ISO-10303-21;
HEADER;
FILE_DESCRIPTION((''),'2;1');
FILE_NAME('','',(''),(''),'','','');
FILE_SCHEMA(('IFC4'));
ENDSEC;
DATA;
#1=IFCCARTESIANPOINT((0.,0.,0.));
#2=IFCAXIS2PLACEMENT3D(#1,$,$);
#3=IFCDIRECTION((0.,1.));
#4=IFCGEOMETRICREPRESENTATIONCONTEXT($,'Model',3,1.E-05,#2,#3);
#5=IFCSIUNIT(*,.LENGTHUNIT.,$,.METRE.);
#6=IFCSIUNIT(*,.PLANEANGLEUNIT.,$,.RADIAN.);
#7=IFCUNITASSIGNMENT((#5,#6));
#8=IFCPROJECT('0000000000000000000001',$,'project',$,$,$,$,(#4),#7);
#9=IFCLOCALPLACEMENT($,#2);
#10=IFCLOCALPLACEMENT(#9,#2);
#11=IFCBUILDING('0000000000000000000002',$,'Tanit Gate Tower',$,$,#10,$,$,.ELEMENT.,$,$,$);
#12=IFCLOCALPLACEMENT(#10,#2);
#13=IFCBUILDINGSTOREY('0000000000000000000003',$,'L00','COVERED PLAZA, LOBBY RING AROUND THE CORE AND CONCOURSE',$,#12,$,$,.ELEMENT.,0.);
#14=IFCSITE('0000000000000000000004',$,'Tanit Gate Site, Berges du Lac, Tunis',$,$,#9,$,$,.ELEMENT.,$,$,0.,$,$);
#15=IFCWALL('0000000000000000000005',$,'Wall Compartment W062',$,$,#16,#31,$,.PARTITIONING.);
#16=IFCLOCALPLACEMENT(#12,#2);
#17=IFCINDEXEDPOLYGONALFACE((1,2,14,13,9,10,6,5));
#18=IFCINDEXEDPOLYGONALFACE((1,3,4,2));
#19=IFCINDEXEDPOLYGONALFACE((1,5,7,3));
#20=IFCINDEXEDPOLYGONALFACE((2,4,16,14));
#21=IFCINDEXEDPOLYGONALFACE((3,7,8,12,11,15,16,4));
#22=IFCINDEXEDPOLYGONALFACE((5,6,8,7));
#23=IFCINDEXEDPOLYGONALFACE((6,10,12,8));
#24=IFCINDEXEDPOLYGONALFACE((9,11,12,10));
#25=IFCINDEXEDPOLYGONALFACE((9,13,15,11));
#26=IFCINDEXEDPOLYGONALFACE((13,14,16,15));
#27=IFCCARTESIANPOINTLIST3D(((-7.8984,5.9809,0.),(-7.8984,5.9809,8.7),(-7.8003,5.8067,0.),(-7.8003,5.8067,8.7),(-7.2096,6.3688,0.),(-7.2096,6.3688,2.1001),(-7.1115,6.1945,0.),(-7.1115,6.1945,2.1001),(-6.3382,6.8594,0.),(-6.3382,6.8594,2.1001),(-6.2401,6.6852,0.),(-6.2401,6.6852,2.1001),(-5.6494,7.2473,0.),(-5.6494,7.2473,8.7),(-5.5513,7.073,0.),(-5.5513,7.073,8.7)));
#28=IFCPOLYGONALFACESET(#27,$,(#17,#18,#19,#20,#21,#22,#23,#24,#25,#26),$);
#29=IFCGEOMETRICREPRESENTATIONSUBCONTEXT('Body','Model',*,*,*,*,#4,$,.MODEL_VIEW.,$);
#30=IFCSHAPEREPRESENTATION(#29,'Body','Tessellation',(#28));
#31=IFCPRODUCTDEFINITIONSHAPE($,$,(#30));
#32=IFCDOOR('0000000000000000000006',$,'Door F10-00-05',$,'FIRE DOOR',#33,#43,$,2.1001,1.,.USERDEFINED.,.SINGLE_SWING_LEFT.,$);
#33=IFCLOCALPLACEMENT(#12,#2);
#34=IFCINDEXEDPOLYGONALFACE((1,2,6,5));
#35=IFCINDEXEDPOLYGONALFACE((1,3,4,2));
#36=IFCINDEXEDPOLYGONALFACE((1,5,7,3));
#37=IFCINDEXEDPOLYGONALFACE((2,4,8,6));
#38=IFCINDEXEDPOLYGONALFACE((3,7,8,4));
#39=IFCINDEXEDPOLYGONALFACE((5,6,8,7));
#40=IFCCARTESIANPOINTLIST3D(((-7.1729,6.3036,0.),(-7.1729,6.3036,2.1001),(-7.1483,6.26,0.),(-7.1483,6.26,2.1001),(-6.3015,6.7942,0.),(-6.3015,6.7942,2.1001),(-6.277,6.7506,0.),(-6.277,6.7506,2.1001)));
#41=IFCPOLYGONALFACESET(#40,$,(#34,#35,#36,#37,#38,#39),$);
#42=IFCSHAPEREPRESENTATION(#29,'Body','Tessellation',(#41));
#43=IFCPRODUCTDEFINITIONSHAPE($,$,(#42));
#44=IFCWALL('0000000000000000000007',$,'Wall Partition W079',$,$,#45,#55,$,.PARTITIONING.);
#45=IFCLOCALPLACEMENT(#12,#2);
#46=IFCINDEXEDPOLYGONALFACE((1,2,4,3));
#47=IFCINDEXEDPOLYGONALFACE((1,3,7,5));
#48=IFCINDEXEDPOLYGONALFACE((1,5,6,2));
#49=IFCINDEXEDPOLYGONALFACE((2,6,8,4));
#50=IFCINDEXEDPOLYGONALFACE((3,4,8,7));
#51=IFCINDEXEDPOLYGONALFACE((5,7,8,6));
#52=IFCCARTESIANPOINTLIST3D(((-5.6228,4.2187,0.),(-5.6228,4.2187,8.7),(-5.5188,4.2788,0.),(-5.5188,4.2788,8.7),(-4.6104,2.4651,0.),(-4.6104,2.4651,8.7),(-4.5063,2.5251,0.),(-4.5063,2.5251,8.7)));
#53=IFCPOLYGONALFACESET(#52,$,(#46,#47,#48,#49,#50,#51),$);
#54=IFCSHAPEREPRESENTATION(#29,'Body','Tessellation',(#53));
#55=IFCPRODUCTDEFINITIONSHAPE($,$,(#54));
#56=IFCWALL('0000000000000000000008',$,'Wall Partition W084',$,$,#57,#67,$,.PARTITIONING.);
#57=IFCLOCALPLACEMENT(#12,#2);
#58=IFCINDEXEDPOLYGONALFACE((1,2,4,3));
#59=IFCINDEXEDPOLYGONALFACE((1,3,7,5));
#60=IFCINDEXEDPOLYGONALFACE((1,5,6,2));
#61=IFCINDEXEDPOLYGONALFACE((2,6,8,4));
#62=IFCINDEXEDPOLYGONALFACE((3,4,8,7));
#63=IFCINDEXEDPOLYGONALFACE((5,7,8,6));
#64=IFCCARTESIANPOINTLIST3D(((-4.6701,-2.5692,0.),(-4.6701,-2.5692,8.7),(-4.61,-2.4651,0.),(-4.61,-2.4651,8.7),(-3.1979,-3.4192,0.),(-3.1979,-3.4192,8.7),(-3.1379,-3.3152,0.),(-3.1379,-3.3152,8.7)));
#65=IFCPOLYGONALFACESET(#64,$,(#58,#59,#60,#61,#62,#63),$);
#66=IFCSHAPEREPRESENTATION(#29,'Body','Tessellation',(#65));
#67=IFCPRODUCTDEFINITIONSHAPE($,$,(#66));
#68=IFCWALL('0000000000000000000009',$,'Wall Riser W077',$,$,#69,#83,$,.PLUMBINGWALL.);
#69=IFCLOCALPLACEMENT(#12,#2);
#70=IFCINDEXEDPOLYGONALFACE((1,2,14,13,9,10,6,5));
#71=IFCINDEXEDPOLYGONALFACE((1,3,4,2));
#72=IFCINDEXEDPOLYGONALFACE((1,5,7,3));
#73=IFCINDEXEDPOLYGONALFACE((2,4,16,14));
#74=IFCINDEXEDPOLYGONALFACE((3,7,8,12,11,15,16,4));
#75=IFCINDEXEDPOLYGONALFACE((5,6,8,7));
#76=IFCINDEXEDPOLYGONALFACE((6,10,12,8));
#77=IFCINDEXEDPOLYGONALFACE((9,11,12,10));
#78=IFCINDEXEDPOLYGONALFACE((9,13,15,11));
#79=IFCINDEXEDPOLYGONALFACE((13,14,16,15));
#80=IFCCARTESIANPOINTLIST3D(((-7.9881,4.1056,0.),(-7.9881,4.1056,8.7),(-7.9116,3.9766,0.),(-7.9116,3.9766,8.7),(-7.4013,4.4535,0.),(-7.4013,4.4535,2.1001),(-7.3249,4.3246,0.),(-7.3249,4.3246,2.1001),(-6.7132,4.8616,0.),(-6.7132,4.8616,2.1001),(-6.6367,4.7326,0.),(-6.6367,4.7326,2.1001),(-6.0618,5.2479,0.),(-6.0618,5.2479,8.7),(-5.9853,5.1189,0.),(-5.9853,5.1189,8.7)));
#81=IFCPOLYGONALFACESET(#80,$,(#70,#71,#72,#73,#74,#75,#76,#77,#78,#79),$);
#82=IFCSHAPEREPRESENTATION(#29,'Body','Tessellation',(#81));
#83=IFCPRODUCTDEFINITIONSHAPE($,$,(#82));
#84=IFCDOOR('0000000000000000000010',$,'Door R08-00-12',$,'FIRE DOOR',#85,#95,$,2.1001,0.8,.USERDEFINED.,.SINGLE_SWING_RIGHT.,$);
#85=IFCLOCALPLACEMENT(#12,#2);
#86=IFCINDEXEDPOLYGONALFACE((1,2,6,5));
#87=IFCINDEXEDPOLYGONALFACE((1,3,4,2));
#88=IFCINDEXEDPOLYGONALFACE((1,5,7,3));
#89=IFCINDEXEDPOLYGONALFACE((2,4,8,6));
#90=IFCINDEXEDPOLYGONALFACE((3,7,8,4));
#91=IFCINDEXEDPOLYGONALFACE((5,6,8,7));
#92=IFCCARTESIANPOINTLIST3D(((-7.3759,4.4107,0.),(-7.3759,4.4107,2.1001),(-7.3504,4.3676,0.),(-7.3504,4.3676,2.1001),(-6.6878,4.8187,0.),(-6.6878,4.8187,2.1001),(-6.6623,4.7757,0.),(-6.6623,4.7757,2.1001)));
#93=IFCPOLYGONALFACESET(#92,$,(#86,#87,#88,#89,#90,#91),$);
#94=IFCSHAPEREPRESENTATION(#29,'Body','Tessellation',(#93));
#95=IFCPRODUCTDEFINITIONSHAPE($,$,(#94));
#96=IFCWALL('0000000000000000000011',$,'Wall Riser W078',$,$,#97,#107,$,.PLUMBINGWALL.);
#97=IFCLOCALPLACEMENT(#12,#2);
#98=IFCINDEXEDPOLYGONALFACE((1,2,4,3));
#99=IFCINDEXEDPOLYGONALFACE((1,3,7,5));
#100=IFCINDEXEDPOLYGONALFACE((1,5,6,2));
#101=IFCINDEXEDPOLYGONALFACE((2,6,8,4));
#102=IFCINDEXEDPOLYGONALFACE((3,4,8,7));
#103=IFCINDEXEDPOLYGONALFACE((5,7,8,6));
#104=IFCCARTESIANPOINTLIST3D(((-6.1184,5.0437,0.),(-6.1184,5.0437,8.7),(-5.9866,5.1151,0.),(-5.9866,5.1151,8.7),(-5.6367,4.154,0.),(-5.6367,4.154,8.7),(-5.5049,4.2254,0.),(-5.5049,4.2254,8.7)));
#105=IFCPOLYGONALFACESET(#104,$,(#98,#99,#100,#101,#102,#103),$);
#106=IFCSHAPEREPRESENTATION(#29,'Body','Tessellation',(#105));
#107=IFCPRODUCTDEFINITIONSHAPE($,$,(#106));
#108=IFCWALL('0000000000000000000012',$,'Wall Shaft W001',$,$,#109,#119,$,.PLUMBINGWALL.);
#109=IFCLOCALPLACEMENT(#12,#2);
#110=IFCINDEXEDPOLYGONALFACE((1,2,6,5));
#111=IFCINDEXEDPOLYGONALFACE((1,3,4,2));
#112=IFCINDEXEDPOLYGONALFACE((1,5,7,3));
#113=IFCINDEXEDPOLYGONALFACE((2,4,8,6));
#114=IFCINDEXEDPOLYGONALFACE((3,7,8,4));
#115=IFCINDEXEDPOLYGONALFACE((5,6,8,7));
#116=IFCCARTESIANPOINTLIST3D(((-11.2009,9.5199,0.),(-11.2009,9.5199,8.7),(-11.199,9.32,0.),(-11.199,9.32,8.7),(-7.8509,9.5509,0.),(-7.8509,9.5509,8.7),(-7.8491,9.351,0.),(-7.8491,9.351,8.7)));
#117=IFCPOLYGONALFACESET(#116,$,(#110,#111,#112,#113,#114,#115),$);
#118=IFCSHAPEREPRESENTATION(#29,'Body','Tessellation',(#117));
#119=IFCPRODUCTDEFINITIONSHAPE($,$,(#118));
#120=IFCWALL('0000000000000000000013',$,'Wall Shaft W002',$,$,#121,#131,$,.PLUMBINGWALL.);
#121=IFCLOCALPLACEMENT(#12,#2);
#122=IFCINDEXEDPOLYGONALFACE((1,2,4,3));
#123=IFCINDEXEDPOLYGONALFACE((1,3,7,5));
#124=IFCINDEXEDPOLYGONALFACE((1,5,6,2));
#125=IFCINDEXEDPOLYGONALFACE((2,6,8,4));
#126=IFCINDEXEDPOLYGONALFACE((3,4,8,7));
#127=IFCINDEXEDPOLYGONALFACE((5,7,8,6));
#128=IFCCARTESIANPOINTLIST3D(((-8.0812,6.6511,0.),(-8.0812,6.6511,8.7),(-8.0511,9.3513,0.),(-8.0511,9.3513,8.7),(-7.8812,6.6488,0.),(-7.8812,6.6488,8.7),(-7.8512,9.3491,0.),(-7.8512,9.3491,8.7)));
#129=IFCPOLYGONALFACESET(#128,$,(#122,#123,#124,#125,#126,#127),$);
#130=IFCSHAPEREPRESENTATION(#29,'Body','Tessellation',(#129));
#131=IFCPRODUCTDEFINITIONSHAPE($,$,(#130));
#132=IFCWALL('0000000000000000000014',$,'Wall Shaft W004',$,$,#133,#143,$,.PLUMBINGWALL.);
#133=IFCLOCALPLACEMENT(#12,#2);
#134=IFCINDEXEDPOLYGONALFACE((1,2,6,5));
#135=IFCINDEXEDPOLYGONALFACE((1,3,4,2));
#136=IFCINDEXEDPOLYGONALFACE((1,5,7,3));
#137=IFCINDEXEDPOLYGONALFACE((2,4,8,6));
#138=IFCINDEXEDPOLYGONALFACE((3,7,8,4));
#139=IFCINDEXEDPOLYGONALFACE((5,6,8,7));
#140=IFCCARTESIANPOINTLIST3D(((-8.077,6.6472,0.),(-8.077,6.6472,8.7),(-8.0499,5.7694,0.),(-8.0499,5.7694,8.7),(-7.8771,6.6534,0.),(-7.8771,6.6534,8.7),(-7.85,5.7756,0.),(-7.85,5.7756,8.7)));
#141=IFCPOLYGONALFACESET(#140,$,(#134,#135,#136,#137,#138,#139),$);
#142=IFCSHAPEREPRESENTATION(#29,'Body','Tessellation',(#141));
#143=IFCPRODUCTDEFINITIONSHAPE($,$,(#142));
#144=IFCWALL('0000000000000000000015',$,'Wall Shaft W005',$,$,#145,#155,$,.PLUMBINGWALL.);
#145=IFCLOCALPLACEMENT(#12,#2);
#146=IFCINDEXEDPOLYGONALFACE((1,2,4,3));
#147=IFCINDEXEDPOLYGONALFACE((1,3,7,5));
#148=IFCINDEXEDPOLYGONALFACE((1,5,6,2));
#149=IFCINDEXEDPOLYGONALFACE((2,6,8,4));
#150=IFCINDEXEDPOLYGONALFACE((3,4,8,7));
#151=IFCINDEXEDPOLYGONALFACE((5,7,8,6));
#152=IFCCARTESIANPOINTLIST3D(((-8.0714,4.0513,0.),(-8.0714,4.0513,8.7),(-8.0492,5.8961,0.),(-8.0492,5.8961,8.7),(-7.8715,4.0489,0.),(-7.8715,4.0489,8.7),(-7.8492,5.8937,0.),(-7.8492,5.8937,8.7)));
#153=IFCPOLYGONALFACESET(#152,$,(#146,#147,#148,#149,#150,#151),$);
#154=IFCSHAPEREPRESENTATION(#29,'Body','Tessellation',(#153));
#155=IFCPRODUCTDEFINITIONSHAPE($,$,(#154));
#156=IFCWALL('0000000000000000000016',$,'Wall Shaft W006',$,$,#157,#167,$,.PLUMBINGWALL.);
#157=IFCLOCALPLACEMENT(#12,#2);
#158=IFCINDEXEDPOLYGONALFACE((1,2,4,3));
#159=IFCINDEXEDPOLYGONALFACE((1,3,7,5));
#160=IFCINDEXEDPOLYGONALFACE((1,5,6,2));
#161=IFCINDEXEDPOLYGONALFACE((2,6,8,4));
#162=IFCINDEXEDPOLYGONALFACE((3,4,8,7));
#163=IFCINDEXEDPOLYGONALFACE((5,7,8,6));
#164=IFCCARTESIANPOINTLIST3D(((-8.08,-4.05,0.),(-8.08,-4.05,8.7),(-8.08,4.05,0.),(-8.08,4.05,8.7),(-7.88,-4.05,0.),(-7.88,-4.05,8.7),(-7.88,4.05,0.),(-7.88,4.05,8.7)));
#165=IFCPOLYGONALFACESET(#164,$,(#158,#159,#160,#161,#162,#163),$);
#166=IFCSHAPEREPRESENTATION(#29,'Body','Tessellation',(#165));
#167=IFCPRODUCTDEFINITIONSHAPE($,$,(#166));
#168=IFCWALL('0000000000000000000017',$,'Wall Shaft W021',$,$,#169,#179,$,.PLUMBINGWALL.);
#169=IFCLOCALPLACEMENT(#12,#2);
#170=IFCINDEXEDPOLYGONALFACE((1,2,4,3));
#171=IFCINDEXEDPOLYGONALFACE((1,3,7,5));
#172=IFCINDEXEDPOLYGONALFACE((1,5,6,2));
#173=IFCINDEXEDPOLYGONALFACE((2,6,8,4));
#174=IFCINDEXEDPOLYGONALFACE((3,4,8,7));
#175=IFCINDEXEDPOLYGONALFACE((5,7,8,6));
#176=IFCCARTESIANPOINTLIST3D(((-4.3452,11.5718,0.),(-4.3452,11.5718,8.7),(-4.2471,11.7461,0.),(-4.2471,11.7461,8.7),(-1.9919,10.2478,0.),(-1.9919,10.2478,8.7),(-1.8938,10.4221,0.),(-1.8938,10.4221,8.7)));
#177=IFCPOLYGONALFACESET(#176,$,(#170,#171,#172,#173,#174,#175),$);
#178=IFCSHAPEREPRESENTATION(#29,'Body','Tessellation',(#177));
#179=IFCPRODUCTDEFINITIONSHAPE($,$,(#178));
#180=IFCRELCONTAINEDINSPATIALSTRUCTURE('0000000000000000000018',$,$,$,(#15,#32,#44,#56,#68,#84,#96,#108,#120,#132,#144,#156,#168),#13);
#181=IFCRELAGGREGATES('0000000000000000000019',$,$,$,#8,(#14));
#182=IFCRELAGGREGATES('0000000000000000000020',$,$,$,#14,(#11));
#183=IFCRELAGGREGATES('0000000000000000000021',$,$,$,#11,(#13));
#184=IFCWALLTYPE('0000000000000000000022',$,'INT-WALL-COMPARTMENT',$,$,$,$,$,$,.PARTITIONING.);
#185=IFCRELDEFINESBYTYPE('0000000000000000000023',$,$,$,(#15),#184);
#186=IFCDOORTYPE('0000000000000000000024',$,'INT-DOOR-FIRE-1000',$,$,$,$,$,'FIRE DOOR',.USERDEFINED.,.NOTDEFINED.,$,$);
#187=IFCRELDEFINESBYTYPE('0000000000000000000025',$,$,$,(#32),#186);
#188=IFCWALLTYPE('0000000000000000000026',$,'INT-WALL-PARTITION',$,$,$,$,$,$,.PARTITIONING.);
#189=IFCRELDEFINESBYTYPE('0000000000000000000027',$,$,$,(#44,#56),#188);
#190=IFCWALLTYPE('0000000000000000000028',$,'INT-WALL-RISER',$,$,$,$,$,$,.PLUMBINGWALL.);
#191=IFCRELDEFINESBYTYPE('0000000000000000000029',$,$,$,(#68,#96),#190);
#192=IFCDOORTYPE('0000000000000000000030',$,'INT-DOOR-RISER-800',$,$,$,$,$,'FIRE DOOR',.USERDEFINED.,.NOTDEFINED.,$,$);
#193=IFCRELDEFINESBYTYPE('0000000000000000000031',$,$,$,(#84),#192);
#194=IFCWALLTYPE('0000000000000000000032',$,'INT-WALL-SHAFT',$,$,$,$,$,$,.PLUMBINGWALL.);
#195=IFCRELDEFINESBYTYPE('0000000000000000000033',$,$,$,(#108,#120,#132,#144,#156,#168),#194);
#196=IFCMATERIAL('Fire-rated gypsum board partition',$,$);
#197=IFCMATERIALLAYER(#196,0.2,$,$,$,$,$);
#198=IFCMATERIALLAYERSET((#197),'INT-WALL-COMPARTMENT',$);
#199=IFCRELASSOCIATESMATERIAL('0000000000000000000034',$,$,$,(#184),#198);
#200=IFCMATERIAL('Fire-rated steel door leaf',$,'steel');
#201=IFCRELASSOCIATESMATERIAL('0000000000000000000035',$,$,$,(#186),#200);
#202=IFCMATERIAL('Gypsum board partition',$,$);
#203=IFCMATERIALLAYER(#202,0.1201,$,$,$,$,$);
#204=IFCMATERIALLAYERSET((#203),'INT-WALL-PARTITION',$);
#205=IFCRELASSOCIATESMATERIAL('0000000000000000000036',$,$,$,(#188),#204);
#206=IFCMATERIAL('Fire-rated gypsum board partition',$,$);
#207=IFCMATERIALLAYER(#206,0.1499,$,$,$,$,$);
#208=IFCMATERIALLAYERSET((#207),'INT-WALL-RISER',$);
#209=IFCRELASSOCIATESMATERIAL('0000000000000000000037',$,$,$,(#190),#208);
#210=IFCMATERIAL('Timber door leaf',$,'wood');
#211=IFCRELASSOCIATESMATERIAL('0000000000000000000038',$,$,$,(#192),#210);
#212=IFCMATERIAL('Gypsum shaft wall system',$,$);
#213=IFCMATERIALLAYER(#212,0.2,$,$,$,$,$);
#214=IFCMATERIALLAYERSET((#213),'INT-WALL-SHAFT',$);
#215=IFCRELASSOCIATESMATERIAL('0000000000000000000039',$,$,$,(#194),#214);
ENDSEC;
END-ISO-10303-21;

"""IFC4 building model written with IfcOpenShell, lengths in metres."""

from ifc_helpers import new_model, si_unit, direction, frame, frame_2d, origin, place, context, subcontext, project, spatial, rectangle, extrude, material, layer, layer_set, type_object, element, fill, save


model = new_model("IFC4")

# Units and contexts
model_context = context("Model", 3, precision=1e-05, world=origin(), true_north=direction((0.0, 1.0)))
body_context = subcontext(model_context, "Body", "Model", "MODEL_VIEW")
ifc_project = project(units=[si_unit("LENGTHUNIT", "METRE"), si_unit("PLANEANGLEUNIT", "RADIAN")], contexts=[model_context])

# Site, building, storey
site_placement = place(None, origin())
site = spatial("IfcSite", under=ifc_project, at=site_placement, Name="Tanit Gate Site, Berges du Lac, Tunis", CompositionType="ELEMENT", RefElevation=0.0)
building_placement = place(site_placement, origin())
building = spatial("IfcBuilding", under=site, at=building_placement, Name="Tanit Gate Tower", CompositionType="ELEMENT")
storey_placement = place(building_placement, origin())
storey = spatial("IfcBuildingStorey", under=building, at=storey_placement, Name="L00", Description="COVERED PLAZA, LOBBY RING AROUND THE CORE AND CONCOURSE", CompositionType="ELEMENT", Elevation=0.0)

# Wall, opening, door
ifc_material_1 = material(Name="Fire-rated gypsum board partition")
ifc_layer_1 = layer(ifc_material_1, 0.2)
ifc_layer_set_1 = layer_set([ifc_layer_1], Name="INT-WALL-COMPARTMENT")
wall_type_1 = type_object("IfcWallType", Name="INT-WALL-COMPARTMENT", PredefinedType="PARTITIONING", material=ifc_layer_set_1)
wall_1_placement = place(storey_placement, frame((-5.6003, 7.1602, 0.0), z_axis=(0.0, 0.0, 1.0), x_axis=(-0.871363, -0.490638, 0.0)))
wall_1 = element("IfcWall", 1, at=wall_1_placement, inside=storey, type_object=wall_type_1, Name="Wall Compartment W062", PredefinedType="PARTITIONING", context=body_context, shape_type="SweptSolid", body=[
    extrude(rectangle(XDim=2.5811, YDim=0.2, at=frame_2d((1.2905, 0.0))), origin(), (0.0, 0.0, 1.0), 8.7),
])
opening_1_placement = place(wall_1_placement, frame((0.7905, 0.0, 0.0)))
opening_1 = element("IfcOpeningElement", 2, at=opening_1_placement, cuts=wall_1, PredefinedType="OPENING", context=body_context, shape_type="SweptSolid", body=[
    extrude(rectangle(XDim=1.0, YDim=2.1001, at=frame_2d((0.5, 1.05))), frame((0.0, 0.1099, 0.0), z_axis=(0.0, -1.0, 0.0), x_axis=(1.0, 0.0, 0.0)), (0.0, 0.0, 1.0), 0.22),
])
ifc_material_2 = material(Name="Fire-rated steel door leaf", Category="steel")
door_type_1 = type_object("IfcDoorType", Name="INT-DOOR-FIRE-1000", ElementType="FIRE DOOR", OperationType="NOTDEFINED", PredefinedType="USERDEFINED", material=ifc_material_2)
door_1_placement = place(opening_1_placement, origin())
door_1 = element("IfcDoor", 3, at=door_1_placement, inside=storey, type_object=door_type_1, Name="Door F10-00-05", ObjectType="FIRE DOOR", OperationType="SINGLE_SWING_LEFT", OverallHeight=2.1001, OverallWidth=1.0, PredefinedType="USERDEFINED", context=body_context, shape_type="SweptSolid", body=[
    extrude(rectangle(XDim=1.0, YDim=2.1001, at=frame_2d((0.5, 1.05))), frame((0.0, 0.0249, 0.0), z_axis=(0.0, -1.0, 0.0), x_axis=(1.0, 0.0, 0.0)), (0.0, 0.0, 1.0), 0.05),
])
fill(opening_1, door_1)

# Walls
ifc_material_3 = material(Name="Gypsum board partition")
ifc_layer_2 = layer(ifc_material_3, 0.1201)
ifc_layer_set_2 = layer_set([ifc_layer_2], Name="INT-WALL-PARTITION")
wall_type_2 = type_object("IfcWallType", Name="INT-WALL-PARTITION", PredefinedType="PARTITIONING", material=ifc_layer_set_2)
wall_2_placement = place(storey_placement, frame((-4.5583, 2.4951, 0.0), z_axis=(0.0, 0.0, 1.0), x_axis=(-0.49999, 0.866031, 0.0)))
element("IfcWall", 4, at=wall_2_placement, inside=storey, type_object=wall_type_2, Name="Wall Partition W079", PredefinedType="PARTITIONING", context=body_context, shape_type="SweptSolid", body=[
    extrude(rectangle(XDim=2.0249, YDim=0.1201, at=frame_2d((1.0125, 0.0))), origin(), (0.0, 0.0, 1.0), 8.7),
])
wall_3_placement = place(storey_placement, frame((-4.6401, -2.5171, 0.0), z_axis=(0.0, 0.0, 1.0), x_axis=(0.865989, -0.500062, 0.0)))
element("IfcWall", 5, at=wall_3_placement, inside=storey, type_object=wall_type_2, Name="Wall Partition W084", PredefinedType="PARTITIONING", context=body_context, shape_type="SweptSolid", body=[
    extrude(rectangle(XDim=1.7, YDim=0.1201, at=frame_2d((0.8501, 0.0))), origin(), (0.0, 0.0, 1.0), 8.7),
])

# Wall, opening, door
ifc_material_4 = material(Name="Fire-rated gypsum board partition")
ifc_layer_3 = layer(ifc_material_4, 0.1499)
ifc_layer_set_3 = layer_set([ifc_layer_3], Name="INT-WALL-RISER")
wall_type_3 = type_object("IfcWallType", Name="INT-WALL-RISER", PredefinedType="PLUMBINGWALL", material=ifc_layer_set_3)
wall_4_placement = place(storey_placement, frame((-6.0237, 5.1833, 0.0), z_axis=(0.0, 0.0, 1.0), x_axis=(-0.860127, -0.51008, 0.0)))
wall_4 = element("IfcWall", 6, at=wall_4_placement, inside=storey, type_object=wall_type_3, Name="Wall Riser W077", PredefinedType="PLUMBINGWALL", context=body_context, shape_type="SweptSolid", body=[
    extrude(rectangle(XDim=2.2395, YDim=0.1499, at=frame_2d((1.1196, 0.0))), origin(), (0.0, 0.0, 1.0), 8.7),
])
opening_2_placement = place(wall_4_placement, frame((0.7573, 0.0, 0.0)))
opening_2 = element("IfcOpeningElement", 7, at=opening_2_placement, cuts=wall_4, PredefinedType="OPENING", context=body_context, shape_type="SweptSolid", body=[
    extrude(rectangle(XDim=0.8, YDim=2.1001, at=frame_2d((0.3999, 1.05))), frame((0.0, 0.085, 0.0), z_axis=(0.0, -1.0, 0.0), x_axis=(1.0, 0.0, 0.0)), (0.0, 0.0, 1.0), 0.1699),
])
ifc_material_5 = material(Name="Timber door leaf", Category="wood")
door_type_2 = type_object("IfcDoorType", Name="INT-DOOR-RISER-800", ElementType="FIRE DOOR", OperationType="NOTDEFINED", PredefinedType="USERDEFINED", material=ifc_material_5)
door_2_placement = place(opening_2_placement, origin())
door_2 = element("IfcDoor", 8, at=door_2_placement, inside=storey, type_object=door_type_2, Name="Door R08-00-12", ObjectType="FIRE DOOR", OperationType="SINGLE_SWING_RIGHT", OverallHeight=2.1001, OverallWidth=0.8, PredefinedType="USERDEFINED", context=body_context, shape_type="SweptSolid", body=[
    extrude(rectangle(XDim=0.8, YDim=2.1001, at=frame_2d((0.3999, 1.05))), frame((0.0, 0.0249, 0.0), z_axis=(0.0, -1.0, 0.0), x_axis=(1.0, 0.0, 0.0)), (0.0, 0.0, 1.0), 0.05),
])
fill(opening_2, door_2)

# Walls
wall_5_placement = place(storey_placement, frame((-5.5708, 4.1897, 0.0), z_axis=(0.0, 0.0, 1.0), x_axis=(-0.476128, 0.879376, 0.0)))
element("IfcWall", 9, at=wall_5_placement, inside=storey, type_object=wall_type_3, Name="Wall Riser W078", PredefinedType="PLUMBINGWALL", context=body_context, shape_type="SweptSolid", body=[
    extrude(rectangle(XDim=1.0117, YDim=0.1499, at=frame_2d((0.5059, 0.0))), origin(), (0.0, 0.0, 1.0), 8.7),
])
ifc_material_6 = material(Name="Gypsum shaft wall system")
ifc_layer_4 = layer(ifc_material_6, 0.2)
ifc_layer_set_4 = layer_set([ifc_layer_4], Name="INT-WALL-SHAFT")
wall_type_4 = type_object("IfcWallType", Name="INT-WALL-SHAFT", PredefinedType="PLUMBINGWALL", material=ifc_layer_set_4)
wall_6_placement = place(storey_placement, frame((-11.2, 9.4199, 0.0), z_axis=(0.0, 0.0, 1.0), x_axis=(0.999957, 0.009255, 0.0)))
element("IfcWall", 10, at=wall_6_placement, inside=storey, type_object=wall_type_4, Name="Wall Shaft W001", PredefinedType="PLUMBINGWALL", context=body_context, shape_type="SweptSolid", body=[
    extrude(rectangle(XDim=3.3501, YDim=0.2, at=frame_2d((1.675, 0.0))), origin(), (0.0, 0.0, 1.0), 8.7),
])
wall_7_placement = place(storey_placement, frame((-7.9512, 9.3501, 0.0), z_axis=(0.0, 0.0, 1.0), x_axis=(-0.01112, -0.999938, 0.0)))
element("IfcWall", 11, at=wall_7_placement, inside=storey, type_object=wall_type_4, Name="Wall Shaft W002", PredefinedType="PLUMBINGWALL", context=body_context, shape_type="SweptSolid", body=[
    extrude(rectangle(XDim=2.7004, YDim=0.2, at=frame_2d((1.3501, 0.0))), origin(), (0.0, 0.0, 1.0), 8.7),
])
wall_8_placement = place(storey_placement, frame((-7.9771, 6.6501, 0.0), z_axis=(0.0, 0.0, 1.0), x_axis=(0.030862, -0.999524, 0.0)))
element("IfcWall", 12, at=wall_8_placement, inside=storey, type_object=wall_type_4, Name="Wall Shaft W004", PredefinedType="PLUMBINGWALL", context=body_context, shape_type="SweptSolid", body=[
    extrude(rectangle(XDim=0.8782, YDim=0.2, at=frame_2d((0.439, 0.0))), origin(), (0.0, 0.0, 1.0), 8.7),
])
wall_9_placement = place(storey_placement, frame((-7.9492, 5.8948, 0.0), z_axis=(0.0, 0.0, 1.0), x_axis=(-0.012043, -0.999927, 0.0)))
element("IfcWall", 13, at=wall_9_placement, inside=storey, type_object=wall_type_4, Name="Wall Shaft W005", PredefinedType="PLUMBINGWALL", context=body_context, shape_type="SweptSolid", body=[
    extrude(rectangle(XDim=1.845, YDim=0.2, at=frame_2d((0.9224, 0.0))), origin(), (0.0, 0.0, 1.0), 8.7),
])
wall_10_placement = place(storey_placement, frame((-7.98, 4.05, 0.0), z_axis=(0.0, 0.0, 1.0), x_axis=(0.0, -1.0, 0.0)))
element("IfcWall", 14, at=wall_10_placement, inside=storey, type_object=wall_type_4, Name="Wall Shaft W006", PredefinedType="PLUMBINGWALL", context=body_context, shape_type="SweptSolid", body=[
    extrude(rectangle(XDim=8.1001, YDim=0.2, at=frame_2d((4.05, 0.0))), origin(), (0.0, 0.0, 1.0), 8.7),
])
wall_11_placement = place(storey_placement, frame((-4.2961, 11.6589, 0.0), z_axis=(0.0, 0.0, 1.0), x_axis=(0.871534, -0.490334, 0.0)))
element("IfcWall", 15, at=wall_11_placement, inside=storey, type_object=wall_type_4, Name="Wall Shaft W021", PredefinedType="PLUMBINGWALL", context=body_context, shape_type="SweptSolid", body=[
    extrude(rectangle(XDim=2.7002, YDim=0.2, at=frame_2d((1.3501, 0.0))), origin(), (0.0, 0.0, 1.0), 8.7),
])

save(model, "model.ifc")
